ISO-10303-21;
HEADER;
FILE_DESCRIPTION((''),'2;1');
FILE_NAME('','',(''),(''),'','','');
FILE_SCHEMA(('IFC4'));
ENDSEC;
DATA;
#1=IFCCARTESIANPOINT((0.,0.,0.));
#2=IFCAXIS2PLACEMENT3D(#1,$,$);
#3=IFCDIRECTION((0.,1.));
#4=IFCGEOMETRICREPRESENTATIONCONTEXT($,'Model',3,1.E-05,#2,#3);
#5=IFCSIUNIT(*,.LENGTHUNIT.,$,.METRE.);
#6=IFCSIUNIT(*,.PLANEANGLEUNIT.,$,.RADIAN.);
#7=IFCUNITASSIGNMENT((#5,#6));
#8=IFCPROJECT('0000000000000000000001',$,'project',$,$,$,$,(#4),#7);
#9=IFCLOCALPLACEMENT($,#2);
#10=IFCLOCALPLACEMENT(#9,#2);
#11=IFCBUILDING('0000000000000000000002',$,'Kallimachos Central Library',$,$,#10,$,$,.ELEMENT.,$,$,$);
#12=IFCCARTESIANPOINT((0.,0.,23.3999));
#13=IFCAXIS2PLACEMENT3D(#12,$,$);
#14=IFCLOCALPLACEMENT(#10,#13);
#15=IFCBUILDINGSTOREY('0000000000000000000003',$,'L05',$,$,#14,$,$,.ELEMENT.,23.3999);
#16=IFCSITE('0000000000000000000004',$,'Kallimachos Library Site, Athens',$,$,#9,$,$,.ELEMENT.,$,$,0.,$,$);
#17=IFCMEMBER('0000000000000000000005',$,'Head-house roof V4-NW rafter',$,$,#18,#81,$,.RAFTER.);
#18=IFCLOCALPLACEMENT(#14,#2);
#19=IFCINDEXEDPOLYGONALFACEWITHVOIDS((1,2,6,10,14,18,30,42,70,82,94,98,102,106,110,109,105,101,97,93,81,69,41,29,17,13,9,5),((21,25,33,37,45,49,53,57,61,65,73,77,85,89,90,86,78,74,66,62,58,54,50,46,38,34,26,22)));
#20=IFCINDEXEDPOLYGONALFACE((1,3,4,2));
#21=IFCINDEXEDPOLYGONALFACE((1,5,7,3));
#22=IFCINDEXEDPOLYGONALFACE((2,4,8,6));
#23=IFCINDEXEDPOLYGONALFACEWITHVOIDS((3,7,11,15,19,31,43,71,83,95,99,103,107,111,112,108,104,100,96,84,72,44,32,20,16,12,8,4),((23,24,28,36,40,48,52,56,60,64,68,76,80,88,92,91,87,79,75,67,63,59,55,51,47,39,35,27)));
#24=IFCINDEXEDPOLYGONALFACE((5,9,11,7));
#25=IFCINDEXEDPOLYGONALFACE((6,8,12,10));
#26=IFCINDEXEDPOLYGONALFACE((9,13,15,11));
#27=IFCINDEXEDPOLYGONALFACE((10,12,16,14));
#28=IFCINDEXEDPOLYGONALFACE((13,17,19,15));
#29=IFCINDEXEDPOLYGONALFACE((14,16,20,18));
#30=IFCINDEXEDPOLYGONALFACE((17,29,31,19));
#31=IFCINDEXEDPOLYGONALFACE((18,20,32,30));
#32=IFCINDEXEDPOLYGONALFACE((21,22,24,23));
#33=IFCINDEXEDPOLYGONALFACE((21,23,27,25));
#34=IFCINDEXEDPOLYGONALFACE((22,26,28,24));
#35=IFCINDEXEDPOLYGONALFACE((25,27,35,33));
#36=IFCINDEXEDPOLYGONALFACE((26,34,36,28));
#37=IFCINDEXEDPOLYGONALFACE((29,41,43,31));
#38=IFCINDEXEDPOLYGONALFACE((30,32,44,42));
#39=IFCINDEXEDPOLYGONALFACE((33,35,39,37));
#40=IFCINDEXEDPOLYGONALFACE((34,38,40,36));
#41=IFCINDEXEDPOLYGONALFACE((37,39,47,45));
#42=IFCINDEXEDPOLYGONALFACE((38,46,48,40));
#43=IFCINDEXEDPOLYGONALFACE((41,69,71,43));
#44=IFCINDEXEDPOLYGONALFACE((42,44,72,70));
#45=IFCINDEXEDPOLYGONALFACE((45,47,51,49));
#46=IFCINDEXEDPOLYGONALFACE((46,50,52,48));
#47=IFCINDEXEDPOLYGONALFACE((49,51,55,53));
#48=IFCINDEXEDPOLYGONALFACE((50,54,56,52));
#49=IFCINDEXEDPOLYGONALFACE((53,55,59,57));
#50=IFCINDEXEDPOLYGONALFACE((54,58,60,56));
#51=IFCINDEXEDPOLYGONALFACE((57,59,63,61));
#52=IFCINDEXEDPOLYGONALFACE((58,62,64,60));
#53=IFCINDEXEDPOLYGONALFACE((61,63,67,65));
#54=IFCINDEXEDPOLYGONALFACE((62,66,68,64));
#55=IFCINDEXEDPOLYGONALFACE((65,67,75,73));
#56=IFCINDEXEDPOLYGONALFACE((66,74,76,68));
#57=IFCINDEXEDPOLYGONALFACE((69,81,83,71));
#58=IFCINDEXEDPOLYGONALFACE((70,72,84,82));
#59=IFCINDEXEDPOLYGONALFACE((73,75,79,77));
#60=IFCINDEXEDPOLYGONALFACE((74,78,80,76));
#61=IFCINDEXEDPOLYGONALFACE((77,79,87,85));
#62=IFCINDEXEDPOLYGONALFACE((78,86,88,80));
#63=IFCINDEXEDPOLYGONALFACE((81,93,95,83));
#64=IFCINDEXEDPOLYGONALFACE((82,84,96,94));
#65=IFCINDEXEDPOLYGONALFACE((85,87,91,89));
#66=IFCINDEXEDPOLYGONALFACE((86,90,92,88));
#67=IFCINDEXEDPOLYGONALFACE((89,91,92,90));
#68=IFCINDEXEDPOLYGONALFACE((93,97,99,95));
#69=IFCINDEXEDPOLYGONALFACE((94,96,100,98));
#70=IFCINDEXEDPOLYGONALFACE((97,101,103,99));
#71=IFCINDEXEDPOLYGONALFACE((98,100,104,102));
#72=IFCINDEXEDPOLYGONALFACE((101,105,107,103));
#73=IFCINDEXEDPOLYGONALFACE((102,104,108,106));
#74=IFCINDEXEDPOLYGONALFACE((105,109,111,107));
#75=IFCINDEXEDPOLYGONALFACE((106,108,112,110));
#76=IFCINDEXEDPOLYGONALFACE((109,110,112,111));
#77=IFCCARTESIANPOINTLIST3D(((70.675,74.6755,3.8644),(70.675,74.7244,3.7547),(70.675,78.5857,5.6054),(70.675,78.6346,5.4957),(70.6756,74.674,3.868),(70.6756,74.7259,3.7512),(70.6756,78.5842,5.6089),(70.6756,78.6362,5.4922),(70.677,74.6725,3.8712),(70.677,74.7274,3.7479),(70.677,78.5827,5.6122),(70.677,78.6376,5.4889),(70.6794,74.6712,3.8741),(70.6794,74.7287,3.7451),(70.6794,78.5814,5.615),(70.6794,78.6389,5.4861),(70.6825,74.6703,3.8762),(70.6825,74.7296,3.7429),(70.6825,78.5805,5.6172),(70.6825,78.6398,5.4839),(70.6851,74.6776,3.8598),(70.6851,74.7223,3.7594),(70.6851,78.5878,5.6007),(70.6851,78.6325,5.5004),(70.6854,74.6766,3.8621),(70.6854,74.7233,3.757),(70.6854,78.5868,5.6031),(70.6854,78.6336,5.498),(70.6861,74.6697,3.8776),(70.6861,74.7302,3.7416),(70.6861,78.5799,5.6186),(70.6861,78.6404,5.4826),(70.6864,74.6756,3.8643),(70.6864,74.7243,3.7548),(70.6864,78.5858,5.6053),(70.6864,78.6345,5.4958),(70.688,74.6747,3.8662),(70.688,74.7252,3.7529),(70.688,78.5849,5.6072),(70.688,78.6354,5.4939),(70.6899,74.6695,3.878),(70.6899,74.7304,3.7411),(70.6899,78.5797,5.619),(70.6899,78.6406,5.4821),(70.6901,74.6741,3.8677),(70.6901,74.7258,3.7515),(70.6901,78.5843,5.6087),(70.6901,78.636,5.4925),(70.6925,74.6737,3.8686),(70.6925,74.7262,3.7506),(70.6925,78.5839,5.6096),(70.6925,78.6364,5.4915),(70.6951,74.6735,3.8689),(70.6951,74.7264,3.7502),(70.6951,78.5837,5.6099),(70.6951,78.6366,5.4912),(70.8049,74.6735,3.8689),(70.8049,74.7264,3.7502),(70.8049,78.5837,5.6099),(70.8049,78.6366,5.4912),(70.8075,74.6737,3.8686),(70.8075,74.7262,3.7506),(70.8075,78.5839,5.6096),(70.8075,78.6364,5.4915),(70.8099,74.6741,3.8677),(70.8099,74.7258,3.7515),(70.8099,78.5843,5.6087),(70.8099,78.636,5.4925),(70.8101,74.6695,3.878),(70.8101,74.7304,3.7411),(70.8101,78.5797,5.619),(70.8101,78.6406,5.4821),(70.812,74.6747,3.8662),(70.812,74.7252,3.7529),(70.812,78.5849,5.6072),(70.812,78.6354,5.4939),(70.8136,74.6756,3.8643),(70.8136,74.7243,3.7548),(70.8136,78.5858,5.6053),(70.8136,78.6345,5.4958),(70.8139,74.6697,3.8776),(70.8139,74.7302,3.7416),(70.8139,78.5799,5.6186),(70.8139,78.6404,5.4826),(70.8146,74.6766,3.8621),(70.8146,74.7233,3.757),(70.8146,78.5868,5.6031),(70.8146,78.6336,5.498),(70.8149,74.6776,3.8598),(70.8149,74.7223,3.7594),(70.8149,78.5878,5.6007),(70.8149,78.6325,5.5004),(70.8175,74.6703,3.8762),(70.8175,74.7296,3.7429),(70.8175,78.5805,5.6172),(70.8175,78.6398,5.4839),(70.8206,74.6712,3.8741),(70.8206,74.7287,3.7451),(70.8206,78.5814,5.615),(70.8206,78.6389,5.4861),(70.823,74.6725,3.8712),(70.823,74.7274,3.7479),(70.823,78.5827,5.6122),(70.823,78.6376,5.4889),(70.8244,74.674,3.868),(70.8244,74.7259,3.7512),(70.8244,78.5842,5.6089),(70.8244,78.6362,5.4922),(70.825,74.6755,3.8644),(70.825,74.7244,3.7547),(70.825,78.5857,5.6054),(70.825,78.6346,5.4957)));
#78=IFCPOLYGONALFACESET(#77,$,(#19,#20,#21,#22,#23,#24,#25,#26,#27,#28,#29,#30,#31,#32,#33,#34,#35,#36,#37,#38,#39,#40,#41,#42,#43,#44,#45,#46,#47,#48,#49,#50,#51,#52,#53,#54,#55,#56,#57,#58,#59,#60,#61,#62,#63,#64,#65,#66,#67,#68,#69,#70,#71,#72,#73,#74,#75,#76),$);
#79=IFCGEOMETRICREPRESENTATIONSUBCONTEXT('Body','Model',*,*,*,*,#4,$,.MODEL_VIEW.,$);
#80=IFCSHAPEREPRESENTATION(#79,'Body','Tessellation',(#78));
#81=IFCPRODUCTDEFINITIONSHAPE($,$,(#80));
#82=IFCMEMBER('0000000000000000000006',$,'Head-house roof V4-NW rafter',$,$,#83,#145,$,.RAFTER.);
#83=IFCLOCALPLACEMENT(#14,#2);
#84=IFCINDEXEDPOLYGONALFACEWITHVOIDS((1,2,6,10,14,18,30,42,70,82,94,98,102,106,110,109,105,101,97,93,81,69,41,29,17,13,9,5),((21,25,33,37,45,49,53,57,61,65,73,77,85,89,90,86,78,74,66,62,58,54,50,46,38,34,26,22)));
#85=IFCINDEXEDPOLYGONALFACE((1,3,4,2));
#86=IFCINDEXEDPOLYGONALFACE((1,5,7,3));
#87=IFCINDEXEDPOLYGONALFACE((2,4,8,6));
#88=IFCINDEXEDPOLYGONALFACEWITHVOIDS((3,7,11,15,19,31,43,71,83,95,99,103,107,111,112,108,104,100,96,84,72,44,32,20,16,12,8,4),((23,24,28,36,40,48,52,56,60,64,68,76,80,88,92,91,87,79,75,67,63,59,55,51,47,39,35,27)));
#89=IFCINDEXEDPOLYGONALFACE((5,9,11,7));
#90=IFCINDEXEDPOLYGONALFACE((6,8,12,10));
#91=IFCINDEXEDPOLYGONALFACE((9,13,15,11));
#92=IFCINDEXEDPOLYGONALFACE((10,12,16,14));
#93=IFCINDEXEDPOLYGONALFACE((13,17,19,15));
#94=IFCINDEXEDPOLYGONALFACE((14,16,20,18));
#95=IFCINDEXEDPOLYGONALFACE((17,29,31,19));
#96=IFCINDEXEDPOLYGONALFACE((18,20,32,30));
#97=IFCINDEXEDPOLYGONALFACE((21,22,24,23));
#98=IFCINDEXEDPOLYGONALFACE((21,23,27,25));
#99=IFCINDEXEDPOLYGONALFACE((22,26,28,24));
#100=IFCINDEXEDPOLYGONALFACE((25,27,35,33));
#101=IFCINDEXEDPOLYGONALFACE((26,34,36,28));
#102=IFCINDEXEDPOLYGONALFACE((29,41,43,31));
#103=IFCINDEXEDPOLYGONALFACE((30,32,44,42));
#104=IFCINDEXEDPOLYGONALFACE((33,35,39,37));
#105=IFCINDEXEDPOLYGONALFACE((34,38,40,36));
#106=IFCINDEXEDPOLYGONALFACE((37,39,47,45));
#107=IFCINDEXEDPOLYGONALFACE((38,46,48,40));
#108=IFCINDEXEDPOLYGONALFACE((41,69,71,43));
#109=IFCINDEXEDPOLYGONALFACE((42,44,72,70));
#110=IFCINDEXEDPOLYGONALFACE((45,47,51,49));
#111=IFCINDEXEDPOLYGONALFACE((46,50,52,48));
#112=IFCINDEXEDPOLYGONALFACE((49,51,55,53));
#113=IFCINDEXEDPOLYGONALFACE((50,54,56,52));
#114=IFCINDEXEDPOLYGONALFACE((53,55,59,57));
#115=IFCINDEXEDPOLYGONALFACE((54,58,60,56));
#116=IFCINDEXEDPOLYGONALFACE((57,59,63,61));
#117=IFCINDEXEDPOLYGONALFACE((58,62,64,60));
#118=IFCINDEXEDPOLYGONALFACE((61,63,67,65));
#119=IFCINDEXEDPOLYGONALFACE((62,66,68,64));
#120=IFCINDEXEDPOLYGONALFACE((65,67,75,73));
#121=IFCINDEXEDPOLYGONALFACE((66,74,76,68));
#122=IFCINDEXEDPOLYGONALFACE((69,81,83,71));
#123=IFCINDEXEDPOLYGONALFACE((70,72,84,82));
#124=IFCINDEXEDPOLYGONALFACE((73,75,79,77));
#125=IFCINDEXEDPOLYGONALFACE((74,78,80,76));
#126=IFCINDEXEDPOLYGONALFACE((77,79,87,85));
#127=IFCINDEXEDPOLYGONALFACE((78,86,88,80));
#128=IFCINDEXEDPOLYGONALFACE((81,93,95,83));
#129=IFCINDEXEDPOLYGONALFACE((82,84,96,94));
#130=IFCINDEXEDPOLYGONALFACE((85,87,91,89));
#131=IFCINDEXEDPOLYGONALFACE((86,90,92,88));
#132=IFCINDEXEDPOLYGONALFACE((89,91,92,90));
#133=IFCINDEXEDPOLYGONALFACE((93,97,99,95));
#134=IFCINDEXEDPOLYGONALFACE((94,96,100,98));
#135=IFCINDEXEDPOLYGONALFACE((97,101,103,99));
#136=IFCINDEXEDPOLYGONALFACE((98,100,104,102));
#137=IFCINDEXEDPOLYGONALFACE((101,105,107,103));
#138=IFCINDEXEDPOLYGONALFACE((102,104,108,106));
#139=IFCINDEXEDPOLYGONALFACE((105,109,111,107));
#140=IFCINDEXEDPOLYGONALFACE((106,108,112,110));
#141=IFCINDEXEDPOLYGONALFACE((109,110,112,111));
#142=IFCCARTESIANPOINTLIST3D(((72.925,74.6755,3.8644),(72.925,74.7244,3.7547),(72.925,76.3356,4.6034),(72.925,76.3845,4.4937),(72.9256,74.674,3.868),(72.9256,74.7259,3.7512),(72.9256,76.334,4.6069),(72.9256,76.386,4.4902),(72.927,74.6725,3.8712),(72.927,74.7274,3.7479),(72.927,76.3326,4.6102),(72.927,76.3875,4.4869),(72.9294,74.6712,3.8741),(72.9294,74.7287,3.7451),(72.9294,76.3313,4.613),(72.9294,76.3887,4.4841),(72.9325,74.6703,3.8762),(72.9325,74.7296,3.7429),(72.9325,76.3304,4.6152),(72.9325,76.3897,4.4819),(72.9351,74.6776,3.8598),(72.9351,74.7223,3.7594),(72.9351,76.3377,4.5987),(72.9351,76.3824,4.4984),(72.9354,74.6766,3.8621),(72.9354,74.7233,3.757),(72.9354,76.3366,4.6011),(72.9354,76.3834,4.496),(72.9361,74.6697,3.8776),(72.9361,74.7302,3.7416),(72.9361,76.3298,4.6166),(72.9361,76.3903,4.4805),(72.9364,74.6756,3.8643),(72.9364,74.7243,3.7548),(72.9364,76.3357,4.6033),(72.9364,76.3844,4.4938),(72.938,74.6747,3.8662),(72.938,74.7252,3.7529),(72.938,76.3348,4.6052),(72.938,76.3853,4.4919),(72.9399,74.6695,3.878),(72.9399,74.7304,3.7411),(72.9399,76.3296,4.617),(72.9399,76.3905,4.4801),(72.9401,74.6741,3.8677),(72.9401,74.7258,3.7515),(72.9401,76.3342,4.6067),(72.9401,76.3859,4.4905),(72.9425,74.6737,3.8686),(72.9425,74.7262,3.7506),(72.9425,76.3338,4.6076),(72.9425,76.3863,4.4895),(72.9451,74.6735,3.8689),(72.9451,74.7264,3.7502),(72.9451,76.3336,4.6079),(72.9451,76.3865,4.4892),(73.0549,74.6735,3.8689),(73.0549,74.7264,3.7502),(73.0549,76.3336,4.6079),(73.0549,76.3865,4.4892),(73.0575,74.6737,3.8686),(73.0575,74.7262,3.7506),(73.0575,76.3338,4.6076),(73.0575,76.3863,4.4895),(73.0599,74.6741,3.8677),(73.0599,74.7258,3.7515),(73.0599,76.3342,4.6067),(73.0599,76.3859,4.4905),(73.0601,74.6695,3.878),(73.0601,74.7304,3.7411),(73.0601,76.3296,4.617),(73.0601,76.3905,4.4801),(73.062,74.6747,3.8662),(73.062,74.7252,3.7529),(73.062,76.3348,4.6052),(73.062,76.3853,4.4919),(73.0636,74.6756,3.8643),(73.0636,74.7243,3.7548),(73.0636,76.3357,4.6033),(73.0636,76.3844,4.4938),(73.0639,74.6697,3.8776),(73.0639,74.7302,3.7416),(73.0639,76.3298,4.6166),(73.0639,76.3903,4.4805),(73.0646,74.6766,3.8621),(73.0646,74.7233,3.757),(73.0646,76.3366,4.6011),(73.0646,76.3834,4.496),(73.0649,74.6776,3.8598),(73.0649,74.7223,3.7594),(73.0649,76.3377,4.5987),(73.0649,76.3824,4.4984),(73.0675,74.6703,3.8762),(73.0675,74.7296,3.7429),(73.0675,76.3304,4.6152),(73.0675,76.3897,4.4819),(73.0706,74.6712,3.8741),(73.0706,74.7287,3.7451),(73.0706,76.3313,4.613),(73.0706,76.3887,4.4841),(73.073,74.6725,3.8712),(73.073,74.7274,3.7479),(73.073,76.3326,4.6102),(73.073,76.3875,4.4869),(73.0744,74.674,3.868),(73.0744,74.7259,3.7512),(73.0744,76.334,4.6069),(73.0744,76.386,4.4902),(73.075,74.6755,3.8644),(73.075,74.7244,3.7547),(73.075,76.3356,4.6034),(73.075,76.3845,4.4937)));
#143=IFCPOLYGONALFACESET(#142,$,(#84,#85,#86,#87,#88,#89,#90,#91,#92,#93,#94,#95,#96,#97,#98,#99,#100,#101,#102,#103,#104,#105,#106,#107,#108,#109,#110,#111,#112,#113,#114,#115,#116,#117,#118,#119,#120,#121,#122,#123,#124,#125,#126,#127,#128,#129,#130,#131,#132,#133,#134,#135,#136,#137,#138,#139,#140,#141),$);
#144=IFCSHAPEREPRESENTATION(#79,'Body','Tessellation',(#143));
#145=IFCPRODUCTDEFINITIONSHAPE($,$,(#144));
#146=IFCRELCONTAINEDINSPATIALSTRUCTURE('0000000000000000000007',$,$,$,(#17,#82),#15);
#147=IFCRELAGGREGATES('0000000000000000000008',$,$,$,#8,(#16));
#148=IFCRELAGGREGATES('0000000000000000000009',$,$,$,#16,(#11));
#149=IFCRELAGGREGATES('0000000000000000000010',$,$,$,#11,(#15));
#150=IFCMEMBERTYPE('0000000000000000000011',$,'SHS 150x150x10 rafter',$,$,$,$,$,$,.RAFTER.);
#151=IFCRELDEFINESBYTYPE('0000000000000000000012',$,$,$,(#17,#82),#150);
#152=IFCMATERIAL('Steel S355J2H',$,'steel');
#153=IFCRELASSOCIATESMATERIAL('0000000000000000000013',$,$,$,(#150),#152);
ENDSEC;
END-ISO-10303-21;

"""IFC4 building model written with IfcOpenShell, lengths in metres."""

from ifc_helpers import new_model, si_unit, direction, frame, origin, origin_2d, place, context, subcontext, project, spatial, hollow_rectangle, extrude, material, material_profile, profile_set, type_object, element, save


model = new_model("IFC4")

# Units and contexts
model_context = context("Model", 3, precision=1e-05, world=origin(), true_north=direction((0.0, 1.0)))
body_context = subcontext(model_context, "Body", "Model", "MODEL_VIEW")
ifc_project = project(units=[si_unit("LENGTHUNIT", "METRE"), si_unit("PLANEANGLEUNIT", "RADIAN")], contexts=[model_context])

# Site, building, storey
site_placement = place(None, origin())
site = spatial("IfcSite", under=ifc_project, at=site_placement, Name="Kallimachos Library Site, Athens", CompositionType="ELEMENT", RefElevation=0.0)
building_placement = place(site_placement, origin())
building = spatial("IfcBuilding", under=site, at=building_placement, Name="Kallimachos Central Library", CompositionType="ELEMENT")
storey_placement = place(building_placement, frame((0.0, 0.0, 23.3999)))
storey = spatial("IfcBuildingStorey", under=building, at=storey_placement, Name="L05", CompositionType="ELEMENT", Elevation=23.3999)

# Members
ifc_material_1 = material(Name="Steel S355J2H", Category="steel")
ifc_material_profile_1 = material_profile(ifc_material_1, hollow_rectangle(XDim=0.1499, YDim=0.1499, WallThickness=0.01, InnerFilletRadius=0.01, OuterFilletRadius=0.0149, at=origin_2d()), Name="SHS 150x150x10")
ifc_profile_set_1 = profile_set([ifc_material_profile_1], Name="Steel S355J2H")
member_type_1 = type_object("IfcMemberType", Name="SHS 150x150x10 rafter", PredefinedType="RAFTER", material=ifc_profile_set_1)
member_1_placement = place(storey_placement, frame((70.75, 74.7, 3.8096), z_axis=(0.0, 0.913541, 0.406747), x_axis=(-1.0, 0.0, 0.0)))
element("IfcMember", 1, at=member_1_placement, inside=storey, type_object=member_type_1, Name="Head-house roof V4-NW rafter", PredefinedType="RAFTER", context=body_context, shape_type="SweptSolid", body=[
    extrude(hollow_rectangle(XDim=0.1499, YDim=0.1499, WallThickness=0.01, InnerFilletRadius=0.01, OuterFilletRadius=0.0149, at=origin_2d()), origin(), (0.0, 0.0, 1.0), 4.2803),
])
member_2_placement = place(storey_placement, frame((73.0, 74.7, 3.8096), z_axis=(0.0, 0.913573, 0.406674), x_axis=(-1.0, 0.0, 0.0)))
element("IfcMember", 2, at=member_2_placement, inside=storey, type_object=member_type_1, Name="Head-house roof V4-NW rafter", PredefinedType="RAFTER", context=body_context, shape_type="SweptSolid", body=[
    extrude(hollow_rectangle(XDim=0.1499, YDim=0.1499, WallThickness=0.01, InnerFilletRadius=0.01, OuterFilletRadius=0.0149, at=origin_2d()), origin(), (0.0, 0.0, 1.0), 1.8171),
])

save(model, "model.ifc")
